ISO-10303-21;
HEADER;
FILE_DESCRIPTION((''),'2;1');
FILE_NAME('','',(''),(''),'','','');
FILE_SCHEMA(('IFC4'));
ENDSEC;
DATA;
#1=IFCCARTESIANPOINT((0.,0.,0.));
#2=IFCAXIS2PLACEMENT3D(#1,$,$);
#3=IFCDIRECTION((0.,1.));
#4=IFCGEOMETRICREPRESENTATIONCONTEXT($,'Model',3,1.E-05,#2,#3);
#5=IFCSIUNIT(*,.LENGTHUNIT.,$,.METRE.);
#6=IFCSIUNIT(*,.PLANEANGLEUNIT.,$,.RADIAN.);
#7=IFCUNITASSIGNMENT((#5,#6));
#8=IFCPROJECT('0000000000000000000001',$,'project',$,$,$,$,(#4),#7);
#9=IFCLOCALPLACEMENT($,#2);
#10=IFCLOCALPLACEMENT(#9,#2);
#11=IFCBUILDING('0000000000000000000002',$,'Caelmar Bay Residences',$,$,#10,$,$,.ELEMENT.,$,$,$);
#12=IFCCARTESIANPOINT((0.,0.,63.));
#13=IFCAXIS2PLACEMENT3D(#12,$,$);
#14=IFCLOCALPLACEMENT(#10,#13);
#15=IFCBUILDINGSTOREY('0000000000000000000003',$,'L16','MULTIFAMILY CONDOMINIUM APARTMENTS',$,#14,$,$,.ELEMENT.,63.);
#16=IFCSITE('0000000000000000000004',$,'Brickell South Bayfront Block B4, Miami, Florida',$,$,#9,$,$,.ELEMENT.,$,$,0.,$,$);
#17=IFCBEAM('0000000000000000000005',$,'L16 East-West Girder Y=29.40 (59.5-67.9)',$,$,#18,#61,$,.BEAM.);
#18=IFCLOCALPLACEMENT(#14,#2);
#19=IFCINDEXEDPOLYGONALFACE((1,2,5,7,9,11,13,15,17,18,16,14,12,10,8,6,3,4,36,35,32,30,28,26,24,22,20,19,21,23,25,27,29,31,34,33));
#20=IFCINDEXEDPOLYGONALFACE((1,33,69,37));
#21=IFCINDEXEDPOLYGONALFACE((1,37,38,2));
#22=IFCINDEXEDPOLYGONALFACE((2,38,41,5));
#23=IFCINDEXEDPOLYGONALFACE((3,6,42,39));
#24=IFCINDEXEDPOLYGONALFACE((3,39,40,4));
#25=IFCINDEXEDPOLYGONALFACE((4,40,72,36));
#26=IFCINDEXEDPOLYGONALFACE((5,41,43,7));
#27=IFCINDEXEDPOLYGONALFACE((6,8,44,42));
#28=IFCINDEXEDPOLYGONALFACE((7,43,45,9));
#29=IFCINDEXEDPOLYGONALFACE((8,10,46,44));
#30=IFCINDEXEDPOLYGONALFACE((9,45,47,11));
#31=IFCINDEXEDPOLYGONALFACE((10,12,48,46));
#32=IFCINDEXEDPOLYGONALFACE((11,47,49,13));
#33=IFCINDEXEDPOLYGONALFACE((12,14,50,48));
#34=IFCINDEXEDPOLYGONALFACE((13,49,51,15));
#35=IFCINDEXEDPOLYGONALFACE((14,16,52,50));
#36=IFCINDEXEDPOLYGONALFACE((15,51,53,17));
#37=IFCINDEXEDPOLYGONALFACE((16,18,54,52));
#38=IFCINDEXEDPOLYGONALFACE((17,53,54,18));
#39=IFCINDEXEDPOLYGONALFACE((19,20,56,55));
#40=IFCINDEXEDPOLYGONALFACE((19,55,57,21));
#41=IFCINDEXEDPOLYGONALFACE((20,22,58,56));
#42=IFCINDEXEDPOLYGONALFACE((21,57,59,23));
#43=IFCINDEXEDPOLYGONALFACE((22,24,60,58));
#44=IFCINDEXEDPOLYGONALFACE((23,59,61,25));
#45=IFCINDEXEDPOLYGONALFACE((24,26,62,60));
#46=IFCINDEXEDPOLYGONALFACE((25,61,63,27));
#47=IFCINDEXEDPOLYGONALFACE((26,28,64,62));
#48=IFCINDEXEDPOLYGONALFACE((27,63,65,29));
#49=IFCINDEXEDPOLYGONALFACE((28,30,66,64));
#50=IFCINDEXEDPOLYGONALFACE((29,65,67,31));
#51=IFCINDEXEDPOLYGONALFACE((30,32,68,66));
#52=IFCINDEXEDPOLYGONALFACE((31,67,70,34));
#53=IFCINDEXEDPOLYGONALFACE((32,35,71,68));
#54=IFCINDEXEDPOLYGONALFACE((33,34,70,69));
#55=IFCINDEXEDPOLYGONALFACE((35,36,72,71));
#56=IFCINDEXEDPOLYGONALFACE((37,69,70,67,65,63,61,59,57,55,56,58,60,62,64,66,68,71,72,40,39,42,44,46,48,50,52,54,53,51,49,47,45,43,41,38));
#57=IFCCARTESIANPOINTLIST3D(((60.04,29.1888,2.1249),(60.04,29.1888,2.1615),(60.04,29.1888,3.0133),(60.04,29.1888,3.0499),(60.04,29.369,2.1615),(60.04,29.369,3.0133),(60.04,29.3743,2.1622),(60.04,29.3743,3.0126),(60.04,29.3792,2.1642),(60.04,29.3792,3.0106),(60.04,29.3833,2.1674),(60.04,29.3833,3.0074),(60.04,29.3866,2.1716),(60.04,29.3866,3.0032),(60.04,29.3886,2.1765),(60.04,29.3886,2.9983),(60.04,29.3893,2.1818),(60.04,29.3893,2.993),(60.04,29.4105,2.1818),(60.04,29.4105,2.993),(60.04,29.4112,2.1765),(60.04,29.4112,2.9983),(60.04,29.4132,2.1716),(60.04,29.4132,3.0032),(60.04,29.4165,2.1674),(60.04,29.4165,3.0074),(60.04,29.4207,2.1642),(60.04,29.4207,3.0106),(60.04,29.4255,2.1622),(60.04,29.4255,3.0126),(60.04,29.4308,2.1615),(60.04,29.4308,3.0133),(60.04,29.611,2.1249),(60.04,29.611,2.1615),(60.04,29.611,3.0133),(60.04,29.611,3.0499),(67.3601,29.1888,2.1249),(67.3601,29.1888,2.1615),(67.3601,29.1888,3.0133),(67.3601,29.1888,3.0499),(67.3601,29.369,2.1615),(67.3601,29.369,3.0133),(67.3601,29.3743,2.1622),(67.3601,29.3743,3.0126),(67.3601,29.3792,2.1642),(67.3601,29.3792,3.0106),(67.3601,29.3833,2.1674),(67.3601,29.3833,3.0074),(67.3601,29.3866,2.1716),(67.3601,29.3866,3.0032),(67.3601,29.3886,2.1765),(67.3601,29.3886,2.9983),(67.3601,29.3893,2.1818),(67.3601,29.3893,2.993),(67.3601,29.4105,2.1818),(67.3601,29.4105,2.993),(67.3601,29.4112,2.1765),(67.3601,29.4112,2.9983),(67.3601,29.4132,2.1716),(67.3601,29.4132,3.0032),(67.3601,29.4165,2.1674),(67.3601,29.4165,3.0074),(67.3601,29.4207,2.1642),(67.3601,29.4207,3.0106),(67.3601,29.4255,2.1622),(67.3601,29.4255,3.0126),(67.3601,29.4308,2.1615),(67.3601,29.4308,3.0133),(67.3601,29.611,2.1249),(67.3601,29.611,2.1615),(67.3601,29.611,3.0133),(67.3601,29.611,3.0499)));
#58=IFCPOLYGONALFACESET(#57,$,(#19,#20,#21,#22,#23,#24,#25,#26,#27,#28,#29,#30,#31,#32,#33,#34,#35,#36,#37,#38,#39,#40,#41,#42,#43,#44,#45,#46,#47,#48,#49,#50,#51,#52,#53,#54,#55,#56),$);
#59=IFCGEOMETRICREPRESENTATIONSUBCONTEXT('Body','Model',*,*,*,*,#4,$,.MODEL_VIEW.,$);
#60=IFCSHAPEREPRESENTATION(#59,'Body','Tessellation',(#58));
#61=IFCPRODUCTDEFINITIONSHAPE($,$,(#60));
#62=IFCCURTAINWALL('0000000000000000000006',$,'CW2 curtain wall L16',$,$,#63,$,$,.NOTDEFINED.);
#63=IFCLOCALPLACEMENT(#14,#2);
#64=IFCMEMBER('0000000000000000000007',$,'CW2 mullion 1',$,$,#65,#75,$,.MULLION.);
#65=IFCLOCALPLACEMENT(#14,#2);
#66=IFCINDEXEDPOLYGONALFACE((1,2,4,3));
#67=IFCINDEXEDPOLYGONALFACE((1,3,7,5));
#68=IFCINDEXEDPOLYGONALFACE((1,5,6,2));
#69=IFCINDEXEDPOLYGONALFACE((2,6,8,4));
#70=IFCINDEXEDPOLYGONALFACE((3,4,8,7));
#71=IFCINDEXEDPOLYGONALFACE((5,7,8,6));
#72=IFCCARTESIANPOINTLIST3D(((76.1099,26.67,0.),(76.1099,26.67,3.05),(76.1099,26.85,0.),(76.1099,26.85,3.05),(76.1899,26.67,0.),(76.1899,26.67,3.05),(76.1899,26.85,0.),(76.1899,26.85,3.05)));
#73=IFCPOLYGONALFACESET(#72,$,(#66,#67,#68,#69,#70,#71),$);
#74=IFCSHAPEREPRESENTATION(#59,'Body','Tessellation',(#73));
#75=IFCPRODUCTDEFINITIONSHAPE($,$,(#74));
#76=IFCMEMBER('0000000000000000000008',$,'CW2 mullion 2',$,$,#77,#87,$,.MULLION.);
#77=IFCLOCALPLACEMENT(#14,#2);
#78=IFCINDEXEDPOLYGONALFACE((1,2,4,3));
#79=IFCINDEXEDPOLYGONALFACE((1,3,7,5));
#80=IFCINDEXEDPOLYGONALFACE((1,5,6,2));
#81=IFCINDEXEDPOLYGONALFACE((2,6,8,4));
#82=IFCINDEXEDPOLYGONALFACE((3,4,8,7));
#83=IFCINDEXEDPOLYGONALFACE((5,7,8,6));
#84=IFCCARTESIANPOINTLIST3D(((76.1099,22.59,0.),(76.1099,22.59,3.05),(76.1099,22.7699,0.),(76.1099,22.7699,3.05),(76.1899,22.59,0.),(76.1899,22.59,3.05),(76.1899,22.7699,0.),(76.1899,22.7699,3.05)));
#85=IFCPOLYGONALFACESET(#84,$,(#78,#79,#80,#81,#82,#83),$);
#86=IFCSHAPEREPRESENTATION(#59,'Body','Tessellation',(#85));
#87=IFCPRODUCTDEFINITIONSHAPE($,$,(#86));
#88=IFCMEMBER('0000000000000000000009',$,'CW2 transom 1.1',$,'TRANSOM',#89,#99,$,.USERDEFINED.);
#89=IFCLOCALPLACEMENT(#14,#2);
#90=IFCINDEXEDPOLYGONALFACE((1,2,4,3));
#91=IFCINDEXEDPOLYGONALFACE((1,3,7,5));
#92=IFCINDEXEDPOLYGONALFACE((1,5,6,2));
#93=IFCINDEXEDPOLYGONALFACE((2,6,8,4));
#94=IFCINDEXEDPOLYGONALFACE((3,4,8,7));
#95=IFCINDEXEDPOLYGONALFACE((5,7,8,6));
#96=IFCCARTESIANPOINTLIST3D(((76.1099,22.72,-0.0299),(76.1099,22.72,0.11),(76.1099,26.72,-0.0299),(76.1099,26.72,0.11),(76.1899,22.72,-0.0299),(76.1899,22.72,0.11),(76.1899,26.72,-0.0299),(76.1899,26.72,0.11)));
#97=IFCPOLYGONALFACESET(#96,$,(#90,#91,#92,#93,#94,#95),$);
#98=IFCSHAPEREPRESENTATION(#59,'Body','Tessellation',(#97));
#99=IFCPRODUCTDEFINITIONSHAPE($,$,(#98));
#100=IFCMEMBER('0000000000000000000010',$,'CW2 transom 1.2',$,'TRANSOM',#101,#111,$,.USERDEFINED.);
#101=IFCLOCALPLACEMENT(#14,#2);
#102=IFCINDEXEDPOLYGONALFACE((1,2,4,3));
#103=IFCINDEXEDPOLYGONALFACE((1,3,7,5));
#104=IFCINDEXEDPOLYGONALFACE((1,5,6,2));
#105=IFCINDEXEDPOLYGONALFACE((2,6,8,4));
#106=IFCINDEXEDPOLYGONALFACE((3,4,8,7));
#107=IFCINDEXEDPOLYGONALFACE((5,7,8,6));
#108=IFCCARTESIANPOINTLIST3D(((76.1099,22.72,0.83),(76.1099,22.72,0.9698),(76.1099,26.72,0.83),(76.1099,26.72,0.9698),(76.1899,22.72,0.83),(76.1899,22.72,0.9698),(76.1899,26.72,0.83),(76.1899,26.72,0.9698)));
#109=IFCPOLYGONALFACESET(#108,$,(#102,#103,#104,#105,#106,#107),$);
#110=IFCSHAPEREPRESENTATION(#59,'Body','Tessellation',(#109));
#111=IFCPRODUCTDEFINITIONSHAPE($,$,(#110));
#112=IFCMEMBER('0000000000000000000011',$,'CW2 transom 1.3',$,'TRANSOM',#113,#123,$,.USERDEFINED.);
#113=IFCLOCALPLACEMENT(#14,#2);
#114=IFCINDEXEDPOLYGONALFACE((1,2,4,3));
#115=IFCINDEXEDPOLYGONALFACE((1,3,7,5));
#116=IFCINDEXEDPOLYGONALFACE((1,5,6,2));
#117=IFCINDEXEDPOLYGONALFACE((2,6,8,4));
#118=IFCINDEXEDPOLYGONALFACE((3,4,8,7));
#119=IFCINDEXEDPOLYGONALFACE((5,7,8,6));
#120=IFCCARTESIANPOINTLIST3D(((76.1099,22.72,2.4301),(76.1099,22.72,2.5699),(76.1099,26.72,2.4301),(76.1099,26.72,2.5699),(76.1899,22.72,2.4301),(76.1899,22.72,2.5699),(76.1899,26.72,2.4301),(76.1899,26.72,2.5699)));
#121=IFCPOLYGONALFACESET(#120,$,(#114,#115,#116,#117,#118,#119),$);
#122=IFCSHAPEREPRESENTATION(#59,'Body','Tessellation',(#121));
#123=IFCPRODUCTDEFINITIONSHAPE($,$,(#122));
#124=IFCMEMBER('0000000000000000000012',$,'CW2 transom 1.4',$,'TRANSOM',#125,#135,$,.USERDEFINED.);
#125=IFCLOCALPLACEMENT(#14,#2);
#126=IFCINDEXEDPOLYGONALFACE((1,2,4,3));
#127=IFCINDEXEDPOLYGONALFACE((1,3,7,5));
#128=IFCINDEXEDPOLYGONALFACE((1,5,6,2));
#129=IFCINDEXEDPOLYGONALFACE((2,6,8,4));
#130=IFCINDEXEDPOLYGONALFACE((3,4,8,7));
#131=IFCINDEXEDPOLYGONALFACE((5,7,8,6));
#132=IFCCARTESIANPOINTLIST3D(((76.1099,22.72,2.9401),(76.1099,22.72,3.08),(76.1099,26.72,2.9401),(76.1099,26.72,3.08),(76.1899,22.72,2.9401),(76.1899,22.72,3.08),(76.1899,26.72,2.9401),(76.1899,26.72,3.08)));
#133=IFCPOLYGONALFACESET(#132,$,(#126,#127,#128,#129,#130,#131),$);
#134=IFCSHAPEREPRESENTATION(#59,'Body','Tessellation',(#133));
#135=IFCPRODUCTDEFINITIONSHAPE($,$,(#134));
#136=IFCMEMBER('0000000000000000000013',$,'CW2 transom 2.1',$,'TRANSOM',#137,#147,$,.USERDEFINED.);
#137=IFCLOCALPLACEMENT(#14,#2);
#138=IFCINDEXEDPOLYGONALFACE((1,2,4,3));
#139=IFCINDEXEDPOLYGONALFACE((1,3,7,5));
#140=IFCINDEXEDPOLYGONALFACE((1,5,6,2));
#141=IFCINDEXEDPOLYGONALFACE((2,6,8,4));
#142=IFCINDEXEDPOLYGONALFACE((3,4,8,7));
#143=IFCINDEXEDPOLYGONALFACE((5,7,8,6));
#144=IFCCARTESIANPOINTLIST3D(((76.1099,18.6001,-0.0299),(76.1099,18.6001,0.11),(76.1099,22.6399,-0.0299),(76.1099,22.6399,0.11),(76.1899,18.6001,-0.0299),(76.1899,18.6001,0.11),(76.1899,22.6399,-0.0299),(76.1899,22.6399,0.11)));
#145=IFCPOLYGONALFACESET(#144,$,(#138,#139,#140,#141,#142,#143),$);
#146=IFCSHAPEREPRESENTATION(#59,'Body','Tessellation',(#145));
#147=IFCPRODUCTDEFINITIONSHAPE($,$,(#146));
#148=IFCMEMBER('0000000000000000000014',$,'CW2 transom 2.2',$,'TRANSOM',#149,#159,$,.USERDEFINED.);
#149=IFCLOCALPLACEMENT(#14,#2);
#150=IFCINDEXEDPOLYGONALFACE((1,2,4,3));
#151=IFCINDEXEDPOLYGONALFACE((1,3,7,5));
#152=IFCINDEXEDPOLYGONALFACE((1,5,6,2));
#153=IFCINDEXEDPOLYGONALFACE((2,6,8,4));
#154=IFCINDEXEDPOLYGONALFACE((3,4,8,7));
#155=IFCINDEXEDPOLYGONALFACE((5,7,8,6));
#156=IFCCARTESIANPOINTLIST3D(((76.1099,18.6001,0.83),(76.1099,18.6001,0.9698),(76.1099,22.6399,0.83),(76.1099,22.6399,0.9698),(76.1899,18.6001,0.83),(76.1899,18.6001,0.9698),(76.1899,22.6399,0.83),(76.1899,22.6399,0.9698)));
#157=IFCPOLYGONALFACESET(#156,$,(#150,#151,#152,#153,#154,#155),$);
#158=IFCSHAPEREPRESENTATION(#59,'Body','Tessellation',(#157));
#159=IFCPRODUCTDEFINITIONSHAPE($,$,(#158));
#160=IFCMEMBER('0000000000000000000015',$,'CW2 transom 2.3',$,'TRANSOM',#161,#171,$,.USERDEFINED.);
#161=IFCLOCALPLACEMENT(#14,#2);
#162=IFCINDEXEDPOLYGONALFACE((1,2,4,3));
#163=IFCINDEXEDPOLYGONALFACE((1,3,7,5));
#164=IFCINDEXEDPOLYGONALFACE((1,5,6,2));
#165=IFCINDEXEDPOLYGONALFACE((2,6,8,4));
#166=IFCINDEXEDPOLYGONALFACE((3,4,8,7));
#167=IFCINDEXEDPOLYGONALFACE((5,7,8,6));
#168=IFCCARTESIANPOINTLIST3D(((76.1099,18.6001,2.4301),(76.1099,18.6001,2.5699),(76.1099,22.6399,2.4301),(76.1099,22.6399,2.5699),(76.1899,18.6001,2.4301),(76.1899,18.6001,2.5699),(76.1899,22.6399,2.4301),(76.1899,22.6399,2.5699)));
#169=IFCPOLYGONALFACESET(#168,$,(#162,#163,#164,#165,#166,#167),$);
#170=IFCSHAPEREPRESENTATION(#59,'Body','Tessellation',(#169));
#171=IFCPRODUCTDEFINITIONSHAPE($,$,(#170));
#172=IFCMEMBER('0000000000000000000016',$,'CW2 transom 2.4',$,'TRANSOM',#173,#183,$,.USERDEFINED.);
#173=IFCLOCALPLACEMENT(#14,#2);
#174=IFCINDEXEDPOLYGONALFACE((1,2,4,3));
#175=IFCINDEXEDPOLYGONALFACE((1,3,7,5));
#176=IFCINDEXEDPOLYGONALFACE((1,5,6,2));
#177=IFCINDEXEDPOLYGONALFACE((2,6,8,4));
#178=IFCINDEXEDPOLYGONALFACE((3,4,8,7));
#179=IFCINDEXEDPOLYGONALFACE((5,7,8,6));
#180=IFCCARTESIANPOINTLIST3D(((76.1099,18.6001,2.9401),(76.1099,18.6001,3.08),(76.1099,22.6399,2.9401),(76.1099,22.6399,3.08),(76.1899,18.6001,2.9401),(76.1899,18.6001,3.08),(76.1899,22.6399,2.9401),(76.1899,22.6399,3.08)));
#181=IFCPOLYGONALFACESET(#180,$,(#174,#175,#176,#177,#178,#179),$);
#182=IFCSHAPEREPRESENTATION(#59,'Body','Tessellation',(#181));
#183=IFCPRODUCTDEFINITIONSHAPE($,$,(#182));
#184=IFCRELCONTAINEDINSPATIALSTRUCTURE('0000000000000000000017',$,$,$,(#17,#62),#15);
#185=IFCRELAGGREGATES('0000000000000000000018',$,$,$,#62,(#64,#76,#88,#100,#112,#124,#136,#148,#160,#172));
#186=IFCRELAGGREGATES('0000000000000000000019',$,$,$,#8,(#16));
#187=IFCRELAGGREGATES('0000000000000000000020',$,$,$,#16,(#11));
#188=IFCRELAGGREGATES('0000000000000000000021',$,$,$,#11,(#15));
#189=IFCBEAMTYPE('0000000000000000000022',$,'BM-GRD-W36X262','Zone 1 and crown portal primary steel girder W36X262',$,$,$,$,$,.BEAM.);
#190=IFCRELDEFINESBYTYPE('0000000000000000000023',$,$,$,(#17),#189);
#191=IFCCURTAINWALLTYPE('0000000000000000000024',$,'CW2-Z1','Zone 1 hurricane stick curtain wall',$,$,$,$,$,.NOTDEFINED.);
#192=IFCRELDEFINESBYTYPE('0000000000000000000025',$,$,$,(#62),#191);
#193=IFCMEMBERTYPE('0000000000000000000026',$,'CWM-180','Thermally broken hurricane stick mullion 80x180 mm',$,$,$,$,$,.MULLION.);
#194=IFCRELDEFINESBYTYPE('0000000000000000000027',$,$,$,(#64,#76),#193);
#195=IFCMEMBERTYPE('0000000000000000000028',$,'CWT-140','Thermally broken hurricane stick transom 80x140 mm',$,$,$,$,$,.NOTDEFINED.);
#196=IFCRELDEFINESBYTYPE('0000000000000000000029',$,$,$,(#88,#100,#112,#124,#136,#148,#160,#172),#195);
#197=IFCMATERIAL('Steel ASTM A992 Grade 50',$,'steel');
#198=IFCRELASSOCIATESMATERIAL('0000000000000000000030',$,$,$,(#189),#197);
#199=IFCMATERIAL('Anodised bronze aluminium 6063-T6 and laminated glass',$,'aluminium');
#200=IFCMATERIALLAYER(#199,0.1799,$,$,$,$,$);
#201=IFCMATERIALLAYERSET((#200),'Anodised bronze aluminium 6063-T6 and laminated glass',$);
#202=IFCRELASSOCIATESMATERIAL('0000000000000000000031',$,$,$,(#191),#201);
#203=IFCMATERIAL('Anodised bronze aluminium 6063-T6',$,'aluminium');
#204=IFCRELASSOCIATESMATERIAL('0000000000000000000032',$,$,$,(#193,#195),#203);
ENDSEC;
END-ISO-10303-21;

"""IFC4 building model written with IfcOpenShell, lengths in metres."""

from ifc_helpers import new_model, si_unit, direction, frame, origin, origin_2d, place, context, subcontext, project, spatial, rectangle, i_section, extrude, material, layer, layer_set, material_profile, profile_set, type_object, element, aggregate, save


model = new_model("IFC4")

# Units and contexts
model_context = context("Model", 3, precision=1e-05, world=origin(), true_north=direction((0.0, 1.0)))
body_context = subcontext(model_context, "Body", "Model", "MODEL_VIEW")
ifc_project = project(units=[si_unit("LENGTHUNIT", "METRE"), si_unit("PLANEANGLEUNIT", "RADIAN")], contexts=[model_context])

# Site, building, storey
site_placement = place(None, origin())
site = spatial("IfcSite", under=ifc_project, at=site_placement, Name="Brickell South Bayfront Block B4, Miami, Florida", CompositionType="ELEMENT", RefElevation=0.0)
building_placement = place(site_placement, origin())
building = spatial("IfcBuilding", under=site, at=building_placement, Name="Caelmar Bay Residences", CompositionType="ELEMENT")
storey_placement = place(building_placement, frame((0.0, 0.0, 63.0)))
storey = spatial("IfcBuildingStorey", under=building, at=storey_placement, Name="L16", Description="MULTIFAMILY CONDOMINIUM APARTMENTS", CompositionType="ELEMENT", Elevation=63.0)

# Beam
ifc_material_1 = material(Name="Steel ASTM A992 Grade 50", Category="steel")
ifc_material_profile_1 = material_profile(ifc_material_1, i_section(OverallWidth=0.4221, OverallDepth=0.925, WebThickness=0.0212, FlangeThickness=0.0366, FilletRadius=0.0203, at=origin_2d()), Name="W36X262")
ifc_profile_set_1 = profile_set([ifc_material_profile_1], Name="Steel ASTM A992 Grade 50")
beam_type = type_object("IfcBeamType", Name="BM-GRD-W36X262", Description="Zone 1 and crown portal primary steel girder W36X262", PredefinedType="BEAM", material=ifc_profile_set_1)
beam_placement = place(storey_placement, frame((60.04, 29.3999, 2.5874), z_axis=(1.0, 0.0, 0.0), x_axis=(0.0, 1.0, 0.0)))
element("IfcBeam", 1, at=beam_placement, inside=storey, type_object=beam_type, Name="L16 East-West Girder Y=29.40 (59.5-67.9)", PredefinedType="BEAM", context=body_context, shape_type="SweptSolid", body=[
    extrude(i_section(OverallWidth=0.4221, OverallDepth=0.925, WebThickness=0.0212, FlangeThickness=0.0366, FilletRadius=0.0203, at=origin_2d()), origin(), (0.0, 0.0, 1.0), 7.3201),
])

# Curtain wall, members
ifc_material_2 = material(Name="Anodised bronze aluminium 6063-T6 and laminated glass", Category="aluminium")
ifc_layer_1 = layer(ifc_material_2, 0.1799)
ifc_layer_set_1 = layer_set([ifc_layer_1], Name="Anodised bronze aluminium 6063-T6 and laminated glass")
curtain_wall_type = type_object("IfcCurtainWallType", Name="CW2-Z1", Description="Zone 1 hurricane stick curtain wall", PredefinedType="NOTDEFINED", material=ifc_layer_set_1)
curtain_wall_placement = place(storey_placement, origin())
curtain_wall = element("IfcCurtainWall", 2, at=curtain_wall_placement, inside=storey, type_object=curtain_wall_type, Name="CW2 curtain wall L16", PredefinedType="NOTDEFINED")
ifc_material_3 = material(Name="Anodised bronze aluminium 6063-T6", Category="aluminium")
ifc_material_profile_2 = material_profile(ifc_material_3, rectangle(XDim=0.0801, YDim=0.1799, at=origin_2d()), Name="CWM-80X180")
ifc_profile_set_2 = profile_set([ifc_material_profile_2], Name="Anodised bronze aluminium 6063-T6")
member_type_1 = type_object("IfcMemberType", Name="CWM-180", Description="Thermally broken hurricane stick mullion 80x180 mm", PredefinedType="MULLION", material=ifc_profile_set_2)
member_1_placement = place(storey_placement, frame((76.1499, 26.76, 0.0), z_axis=(0.0, 0.0, 1.0), x_axis=(1.0, 0.0, 0.0)))
member_1 = element("IfcMember", 3, at=member_1_placement, type_object=member_type_1, Name="CW2 mullion 1", PredefinedType="MULLION", context=body_context, shape_type="SweptSolid", body=[
    extrude(rectangle(XDim=0.0801, YDim=0.1799, at=origin_2d()), origin(), (0.0, 0.0, 1.0), 3.05),
])
member_2_placement = place(storey_placement, frame((76.1499, 22.6799, 0.0), z_axis=(0.0, 0.0, 1.0), x_axis=(1.0, 0.0, 0.0)))
member_2 = element("IfcMember", 4, at=member_2_placement, type_object=member_type_1, Name="CW2 mullion 2", PredefinedType="MULLION", context=body_context, shape_type="SweptSolid", body=[
    extrude(rectangle(XDim=0.0801, YDim=0.1799, at=origin_2d()), origin(), (0.0, 0.0, 1.0), 3.05),
])
ifc_material_profile_3 = material_profile(ifc_material_3, rectangle(XDim=0.0801, YDim=0.1399, at=origin_2d()), Name="CWT-80X140")
ifc_profile_set_3 = profile_set([ifc_material_profile_3], Name="Anodised bronze aluminium 6063-T6")
member_type_2 = type_object("IfcMemberType", Name="CWT-140", Description="Thermally broken hurricane stick transom 80x140 mm", PredefinedType="NOTDEFINED", material=ifc_profile_set_3)
member_3_placement = place(storey_placement, frame((76.1499, 26.72, 0.04), z_axis=(0.0, -1.0, 0.0), x_axis=(1.0, 0.0, 0.0)))
member_3 = element("IfcMember", 5, at=member_3_placement, type_object=member_type_2, Name="CW2 transom 1.1", ObjectType="TRANSOM", PredefinedType="USERDEFINED", context=body_context, shape_type="SweptSolid", body=[
    extrude(rectangle(XDim=0.0801, YDim=0.1399, at=origin_2d()), origin(), (0.0, 0.0, 1.0), 4.0),
])
member_4_placement = place(storey_placement, frame((76.1499, 26.72, 0.8999), z_axis=(0.0, -1.0, 0.0), x_axis=(1.0, 0.0, 0.0)))
member_4 = element("IfcMember", 6, at=member_4_placement, type_object=member_type_2, Name="CW2 transom 1.2", ObjectType="TRANSOM", PredefinedType="USERDEFINED", context=body_context, shape_type="SweptSolid", body=[
    extrude(rectangle(XDim=0.0801, YDim=0.1399, at=origin_2d()), origin(), (0.0, 0.0, 1.0), 4.0),
])
member_5_placement = place(storey_placement, frame((76.1499, 26.72, 2.5), z_axis=(0.0, -1.0, 0.0), x_axis=(1.0, 0.0, 0.0)))
member_5 = element("IfcMember", 7, at=member_5_placement, type_object=member_type_2, Name="CW2 transom 1.3", ObjectType="TRANSOM", PredefinedType="USERDEFINED", context=body_context, shape_type="SweptSolid", body=[
    extrude(rectangle(XDim=0.0801, YDim=0.1399, at=origin_2d()), origin(), (0.0, 0.0, 1.0), 4.0),
])
member_6_placement = place(storey_placement, frame((76.1499, 26.72, 3.01), z_axis=(0.0, -1.0, 0.0), x_axis=(1.0, 0.0, 0.0)))
member_6 = element("IfcMember", 8, at=member_6_placement, type_object=member_type_2, Name="CW2 transom 1.4", ObjectType="TRANSOM", PredefinedType="USERDEFINED", context=body_context, shape_type="SweptSolid", body=[
    extrude(rectangle(XDim=0.0801, YDim=0.1399, at=origin_2d()), origin(), (0.0, 0.0, 1.0), 4.0),
])
member_7_placement = place(storey_placement, frame((76.1499, 22.6399, 0.04), z_axis=(0.0, -1.0, 0.0), x_axis=(1.0, 0.0, 0.0)))
member_7 = element("IfcMember", 9, at=member_7_placement, type_object=member_type_2, Name="CW2 transom 2.1", ObjectType="TRANSOM", PredefinedType="USERDEFINED", context=body_context, shape_type="SweptSolid", body=[
    extrude(rectangle(XDim=0.0801, YDim=0.1399, at=origin_2d()), origin(), (0.0, 0.0, 1.0), 4.0398),
])
member_8_placement = place(storey_placement, frame((76.1499, 22.6399, 0.8999), z_axis=(0.0, -1.0, 0.0), x_axis=(1.0, 0.0, 0.0)))
member_8 = element("IfcMember", 10, at=member_8_placement, type_object=member_type_2, Name="CW2 transom 2.2", ObjectType="TRANSOM", PredefinedType="USERDEFINED", context=body_context, shape_type="SweptSolid", body=[
    extrude(rectangle(XDim=0.0801, YDim=0.1399, at=origin_2d()), origin(), (0.0, 0.0, 1.0), 4.0398),
])
member_9_placement = place(storey_placement, frame((76.1499, 22.6399, 2.5), z_axis=(0.0, -1.0, 0.0), x_axis=(1.0, 0.0, 0.0)))
member_9 = element("IfcMember", 11, at=member_9_placement, type_object=member_type_2, Name="CW2 transom 2.3", ObjectType="TRANSOM", PredefinedType="USERDEFINED", context=body_context, shape_type="SweptSolid", body=[
    extrude(rectangle(XDim=0.0801, YDim=0.1399, at=origin_2d()), origin(), (0.0, 0.0, 1.0), 4.0398),
])
member_10_placement = place(storey_placement, frame((76.1499, 22.6399, 3.01), z_axis=(0.0, -1.0, 0.0), x_axis=(1.0, 0.0, 0.0)))
member_10 = element("IfcMember", 12, at=member_10_placement, type_object=member_type_2, Name="CW2 transom 2.4", ObjectType="TRANSOM", PredefinedType="USERDEFINED", context=body_context, shape_type="SweptSolid", body=[
    extrude(rectangle(XDim=0.0801, YDim=0.1399, at=origin_2d()), origin(), (0.0, 0.0, 1.0), 4.0398),
])
aggregate(curtain_wall, [member_1, member_2, member_3, member_4, member_5, member_6, member_7, member_8, member_9, member_10])

save(model, "model.ifc")
